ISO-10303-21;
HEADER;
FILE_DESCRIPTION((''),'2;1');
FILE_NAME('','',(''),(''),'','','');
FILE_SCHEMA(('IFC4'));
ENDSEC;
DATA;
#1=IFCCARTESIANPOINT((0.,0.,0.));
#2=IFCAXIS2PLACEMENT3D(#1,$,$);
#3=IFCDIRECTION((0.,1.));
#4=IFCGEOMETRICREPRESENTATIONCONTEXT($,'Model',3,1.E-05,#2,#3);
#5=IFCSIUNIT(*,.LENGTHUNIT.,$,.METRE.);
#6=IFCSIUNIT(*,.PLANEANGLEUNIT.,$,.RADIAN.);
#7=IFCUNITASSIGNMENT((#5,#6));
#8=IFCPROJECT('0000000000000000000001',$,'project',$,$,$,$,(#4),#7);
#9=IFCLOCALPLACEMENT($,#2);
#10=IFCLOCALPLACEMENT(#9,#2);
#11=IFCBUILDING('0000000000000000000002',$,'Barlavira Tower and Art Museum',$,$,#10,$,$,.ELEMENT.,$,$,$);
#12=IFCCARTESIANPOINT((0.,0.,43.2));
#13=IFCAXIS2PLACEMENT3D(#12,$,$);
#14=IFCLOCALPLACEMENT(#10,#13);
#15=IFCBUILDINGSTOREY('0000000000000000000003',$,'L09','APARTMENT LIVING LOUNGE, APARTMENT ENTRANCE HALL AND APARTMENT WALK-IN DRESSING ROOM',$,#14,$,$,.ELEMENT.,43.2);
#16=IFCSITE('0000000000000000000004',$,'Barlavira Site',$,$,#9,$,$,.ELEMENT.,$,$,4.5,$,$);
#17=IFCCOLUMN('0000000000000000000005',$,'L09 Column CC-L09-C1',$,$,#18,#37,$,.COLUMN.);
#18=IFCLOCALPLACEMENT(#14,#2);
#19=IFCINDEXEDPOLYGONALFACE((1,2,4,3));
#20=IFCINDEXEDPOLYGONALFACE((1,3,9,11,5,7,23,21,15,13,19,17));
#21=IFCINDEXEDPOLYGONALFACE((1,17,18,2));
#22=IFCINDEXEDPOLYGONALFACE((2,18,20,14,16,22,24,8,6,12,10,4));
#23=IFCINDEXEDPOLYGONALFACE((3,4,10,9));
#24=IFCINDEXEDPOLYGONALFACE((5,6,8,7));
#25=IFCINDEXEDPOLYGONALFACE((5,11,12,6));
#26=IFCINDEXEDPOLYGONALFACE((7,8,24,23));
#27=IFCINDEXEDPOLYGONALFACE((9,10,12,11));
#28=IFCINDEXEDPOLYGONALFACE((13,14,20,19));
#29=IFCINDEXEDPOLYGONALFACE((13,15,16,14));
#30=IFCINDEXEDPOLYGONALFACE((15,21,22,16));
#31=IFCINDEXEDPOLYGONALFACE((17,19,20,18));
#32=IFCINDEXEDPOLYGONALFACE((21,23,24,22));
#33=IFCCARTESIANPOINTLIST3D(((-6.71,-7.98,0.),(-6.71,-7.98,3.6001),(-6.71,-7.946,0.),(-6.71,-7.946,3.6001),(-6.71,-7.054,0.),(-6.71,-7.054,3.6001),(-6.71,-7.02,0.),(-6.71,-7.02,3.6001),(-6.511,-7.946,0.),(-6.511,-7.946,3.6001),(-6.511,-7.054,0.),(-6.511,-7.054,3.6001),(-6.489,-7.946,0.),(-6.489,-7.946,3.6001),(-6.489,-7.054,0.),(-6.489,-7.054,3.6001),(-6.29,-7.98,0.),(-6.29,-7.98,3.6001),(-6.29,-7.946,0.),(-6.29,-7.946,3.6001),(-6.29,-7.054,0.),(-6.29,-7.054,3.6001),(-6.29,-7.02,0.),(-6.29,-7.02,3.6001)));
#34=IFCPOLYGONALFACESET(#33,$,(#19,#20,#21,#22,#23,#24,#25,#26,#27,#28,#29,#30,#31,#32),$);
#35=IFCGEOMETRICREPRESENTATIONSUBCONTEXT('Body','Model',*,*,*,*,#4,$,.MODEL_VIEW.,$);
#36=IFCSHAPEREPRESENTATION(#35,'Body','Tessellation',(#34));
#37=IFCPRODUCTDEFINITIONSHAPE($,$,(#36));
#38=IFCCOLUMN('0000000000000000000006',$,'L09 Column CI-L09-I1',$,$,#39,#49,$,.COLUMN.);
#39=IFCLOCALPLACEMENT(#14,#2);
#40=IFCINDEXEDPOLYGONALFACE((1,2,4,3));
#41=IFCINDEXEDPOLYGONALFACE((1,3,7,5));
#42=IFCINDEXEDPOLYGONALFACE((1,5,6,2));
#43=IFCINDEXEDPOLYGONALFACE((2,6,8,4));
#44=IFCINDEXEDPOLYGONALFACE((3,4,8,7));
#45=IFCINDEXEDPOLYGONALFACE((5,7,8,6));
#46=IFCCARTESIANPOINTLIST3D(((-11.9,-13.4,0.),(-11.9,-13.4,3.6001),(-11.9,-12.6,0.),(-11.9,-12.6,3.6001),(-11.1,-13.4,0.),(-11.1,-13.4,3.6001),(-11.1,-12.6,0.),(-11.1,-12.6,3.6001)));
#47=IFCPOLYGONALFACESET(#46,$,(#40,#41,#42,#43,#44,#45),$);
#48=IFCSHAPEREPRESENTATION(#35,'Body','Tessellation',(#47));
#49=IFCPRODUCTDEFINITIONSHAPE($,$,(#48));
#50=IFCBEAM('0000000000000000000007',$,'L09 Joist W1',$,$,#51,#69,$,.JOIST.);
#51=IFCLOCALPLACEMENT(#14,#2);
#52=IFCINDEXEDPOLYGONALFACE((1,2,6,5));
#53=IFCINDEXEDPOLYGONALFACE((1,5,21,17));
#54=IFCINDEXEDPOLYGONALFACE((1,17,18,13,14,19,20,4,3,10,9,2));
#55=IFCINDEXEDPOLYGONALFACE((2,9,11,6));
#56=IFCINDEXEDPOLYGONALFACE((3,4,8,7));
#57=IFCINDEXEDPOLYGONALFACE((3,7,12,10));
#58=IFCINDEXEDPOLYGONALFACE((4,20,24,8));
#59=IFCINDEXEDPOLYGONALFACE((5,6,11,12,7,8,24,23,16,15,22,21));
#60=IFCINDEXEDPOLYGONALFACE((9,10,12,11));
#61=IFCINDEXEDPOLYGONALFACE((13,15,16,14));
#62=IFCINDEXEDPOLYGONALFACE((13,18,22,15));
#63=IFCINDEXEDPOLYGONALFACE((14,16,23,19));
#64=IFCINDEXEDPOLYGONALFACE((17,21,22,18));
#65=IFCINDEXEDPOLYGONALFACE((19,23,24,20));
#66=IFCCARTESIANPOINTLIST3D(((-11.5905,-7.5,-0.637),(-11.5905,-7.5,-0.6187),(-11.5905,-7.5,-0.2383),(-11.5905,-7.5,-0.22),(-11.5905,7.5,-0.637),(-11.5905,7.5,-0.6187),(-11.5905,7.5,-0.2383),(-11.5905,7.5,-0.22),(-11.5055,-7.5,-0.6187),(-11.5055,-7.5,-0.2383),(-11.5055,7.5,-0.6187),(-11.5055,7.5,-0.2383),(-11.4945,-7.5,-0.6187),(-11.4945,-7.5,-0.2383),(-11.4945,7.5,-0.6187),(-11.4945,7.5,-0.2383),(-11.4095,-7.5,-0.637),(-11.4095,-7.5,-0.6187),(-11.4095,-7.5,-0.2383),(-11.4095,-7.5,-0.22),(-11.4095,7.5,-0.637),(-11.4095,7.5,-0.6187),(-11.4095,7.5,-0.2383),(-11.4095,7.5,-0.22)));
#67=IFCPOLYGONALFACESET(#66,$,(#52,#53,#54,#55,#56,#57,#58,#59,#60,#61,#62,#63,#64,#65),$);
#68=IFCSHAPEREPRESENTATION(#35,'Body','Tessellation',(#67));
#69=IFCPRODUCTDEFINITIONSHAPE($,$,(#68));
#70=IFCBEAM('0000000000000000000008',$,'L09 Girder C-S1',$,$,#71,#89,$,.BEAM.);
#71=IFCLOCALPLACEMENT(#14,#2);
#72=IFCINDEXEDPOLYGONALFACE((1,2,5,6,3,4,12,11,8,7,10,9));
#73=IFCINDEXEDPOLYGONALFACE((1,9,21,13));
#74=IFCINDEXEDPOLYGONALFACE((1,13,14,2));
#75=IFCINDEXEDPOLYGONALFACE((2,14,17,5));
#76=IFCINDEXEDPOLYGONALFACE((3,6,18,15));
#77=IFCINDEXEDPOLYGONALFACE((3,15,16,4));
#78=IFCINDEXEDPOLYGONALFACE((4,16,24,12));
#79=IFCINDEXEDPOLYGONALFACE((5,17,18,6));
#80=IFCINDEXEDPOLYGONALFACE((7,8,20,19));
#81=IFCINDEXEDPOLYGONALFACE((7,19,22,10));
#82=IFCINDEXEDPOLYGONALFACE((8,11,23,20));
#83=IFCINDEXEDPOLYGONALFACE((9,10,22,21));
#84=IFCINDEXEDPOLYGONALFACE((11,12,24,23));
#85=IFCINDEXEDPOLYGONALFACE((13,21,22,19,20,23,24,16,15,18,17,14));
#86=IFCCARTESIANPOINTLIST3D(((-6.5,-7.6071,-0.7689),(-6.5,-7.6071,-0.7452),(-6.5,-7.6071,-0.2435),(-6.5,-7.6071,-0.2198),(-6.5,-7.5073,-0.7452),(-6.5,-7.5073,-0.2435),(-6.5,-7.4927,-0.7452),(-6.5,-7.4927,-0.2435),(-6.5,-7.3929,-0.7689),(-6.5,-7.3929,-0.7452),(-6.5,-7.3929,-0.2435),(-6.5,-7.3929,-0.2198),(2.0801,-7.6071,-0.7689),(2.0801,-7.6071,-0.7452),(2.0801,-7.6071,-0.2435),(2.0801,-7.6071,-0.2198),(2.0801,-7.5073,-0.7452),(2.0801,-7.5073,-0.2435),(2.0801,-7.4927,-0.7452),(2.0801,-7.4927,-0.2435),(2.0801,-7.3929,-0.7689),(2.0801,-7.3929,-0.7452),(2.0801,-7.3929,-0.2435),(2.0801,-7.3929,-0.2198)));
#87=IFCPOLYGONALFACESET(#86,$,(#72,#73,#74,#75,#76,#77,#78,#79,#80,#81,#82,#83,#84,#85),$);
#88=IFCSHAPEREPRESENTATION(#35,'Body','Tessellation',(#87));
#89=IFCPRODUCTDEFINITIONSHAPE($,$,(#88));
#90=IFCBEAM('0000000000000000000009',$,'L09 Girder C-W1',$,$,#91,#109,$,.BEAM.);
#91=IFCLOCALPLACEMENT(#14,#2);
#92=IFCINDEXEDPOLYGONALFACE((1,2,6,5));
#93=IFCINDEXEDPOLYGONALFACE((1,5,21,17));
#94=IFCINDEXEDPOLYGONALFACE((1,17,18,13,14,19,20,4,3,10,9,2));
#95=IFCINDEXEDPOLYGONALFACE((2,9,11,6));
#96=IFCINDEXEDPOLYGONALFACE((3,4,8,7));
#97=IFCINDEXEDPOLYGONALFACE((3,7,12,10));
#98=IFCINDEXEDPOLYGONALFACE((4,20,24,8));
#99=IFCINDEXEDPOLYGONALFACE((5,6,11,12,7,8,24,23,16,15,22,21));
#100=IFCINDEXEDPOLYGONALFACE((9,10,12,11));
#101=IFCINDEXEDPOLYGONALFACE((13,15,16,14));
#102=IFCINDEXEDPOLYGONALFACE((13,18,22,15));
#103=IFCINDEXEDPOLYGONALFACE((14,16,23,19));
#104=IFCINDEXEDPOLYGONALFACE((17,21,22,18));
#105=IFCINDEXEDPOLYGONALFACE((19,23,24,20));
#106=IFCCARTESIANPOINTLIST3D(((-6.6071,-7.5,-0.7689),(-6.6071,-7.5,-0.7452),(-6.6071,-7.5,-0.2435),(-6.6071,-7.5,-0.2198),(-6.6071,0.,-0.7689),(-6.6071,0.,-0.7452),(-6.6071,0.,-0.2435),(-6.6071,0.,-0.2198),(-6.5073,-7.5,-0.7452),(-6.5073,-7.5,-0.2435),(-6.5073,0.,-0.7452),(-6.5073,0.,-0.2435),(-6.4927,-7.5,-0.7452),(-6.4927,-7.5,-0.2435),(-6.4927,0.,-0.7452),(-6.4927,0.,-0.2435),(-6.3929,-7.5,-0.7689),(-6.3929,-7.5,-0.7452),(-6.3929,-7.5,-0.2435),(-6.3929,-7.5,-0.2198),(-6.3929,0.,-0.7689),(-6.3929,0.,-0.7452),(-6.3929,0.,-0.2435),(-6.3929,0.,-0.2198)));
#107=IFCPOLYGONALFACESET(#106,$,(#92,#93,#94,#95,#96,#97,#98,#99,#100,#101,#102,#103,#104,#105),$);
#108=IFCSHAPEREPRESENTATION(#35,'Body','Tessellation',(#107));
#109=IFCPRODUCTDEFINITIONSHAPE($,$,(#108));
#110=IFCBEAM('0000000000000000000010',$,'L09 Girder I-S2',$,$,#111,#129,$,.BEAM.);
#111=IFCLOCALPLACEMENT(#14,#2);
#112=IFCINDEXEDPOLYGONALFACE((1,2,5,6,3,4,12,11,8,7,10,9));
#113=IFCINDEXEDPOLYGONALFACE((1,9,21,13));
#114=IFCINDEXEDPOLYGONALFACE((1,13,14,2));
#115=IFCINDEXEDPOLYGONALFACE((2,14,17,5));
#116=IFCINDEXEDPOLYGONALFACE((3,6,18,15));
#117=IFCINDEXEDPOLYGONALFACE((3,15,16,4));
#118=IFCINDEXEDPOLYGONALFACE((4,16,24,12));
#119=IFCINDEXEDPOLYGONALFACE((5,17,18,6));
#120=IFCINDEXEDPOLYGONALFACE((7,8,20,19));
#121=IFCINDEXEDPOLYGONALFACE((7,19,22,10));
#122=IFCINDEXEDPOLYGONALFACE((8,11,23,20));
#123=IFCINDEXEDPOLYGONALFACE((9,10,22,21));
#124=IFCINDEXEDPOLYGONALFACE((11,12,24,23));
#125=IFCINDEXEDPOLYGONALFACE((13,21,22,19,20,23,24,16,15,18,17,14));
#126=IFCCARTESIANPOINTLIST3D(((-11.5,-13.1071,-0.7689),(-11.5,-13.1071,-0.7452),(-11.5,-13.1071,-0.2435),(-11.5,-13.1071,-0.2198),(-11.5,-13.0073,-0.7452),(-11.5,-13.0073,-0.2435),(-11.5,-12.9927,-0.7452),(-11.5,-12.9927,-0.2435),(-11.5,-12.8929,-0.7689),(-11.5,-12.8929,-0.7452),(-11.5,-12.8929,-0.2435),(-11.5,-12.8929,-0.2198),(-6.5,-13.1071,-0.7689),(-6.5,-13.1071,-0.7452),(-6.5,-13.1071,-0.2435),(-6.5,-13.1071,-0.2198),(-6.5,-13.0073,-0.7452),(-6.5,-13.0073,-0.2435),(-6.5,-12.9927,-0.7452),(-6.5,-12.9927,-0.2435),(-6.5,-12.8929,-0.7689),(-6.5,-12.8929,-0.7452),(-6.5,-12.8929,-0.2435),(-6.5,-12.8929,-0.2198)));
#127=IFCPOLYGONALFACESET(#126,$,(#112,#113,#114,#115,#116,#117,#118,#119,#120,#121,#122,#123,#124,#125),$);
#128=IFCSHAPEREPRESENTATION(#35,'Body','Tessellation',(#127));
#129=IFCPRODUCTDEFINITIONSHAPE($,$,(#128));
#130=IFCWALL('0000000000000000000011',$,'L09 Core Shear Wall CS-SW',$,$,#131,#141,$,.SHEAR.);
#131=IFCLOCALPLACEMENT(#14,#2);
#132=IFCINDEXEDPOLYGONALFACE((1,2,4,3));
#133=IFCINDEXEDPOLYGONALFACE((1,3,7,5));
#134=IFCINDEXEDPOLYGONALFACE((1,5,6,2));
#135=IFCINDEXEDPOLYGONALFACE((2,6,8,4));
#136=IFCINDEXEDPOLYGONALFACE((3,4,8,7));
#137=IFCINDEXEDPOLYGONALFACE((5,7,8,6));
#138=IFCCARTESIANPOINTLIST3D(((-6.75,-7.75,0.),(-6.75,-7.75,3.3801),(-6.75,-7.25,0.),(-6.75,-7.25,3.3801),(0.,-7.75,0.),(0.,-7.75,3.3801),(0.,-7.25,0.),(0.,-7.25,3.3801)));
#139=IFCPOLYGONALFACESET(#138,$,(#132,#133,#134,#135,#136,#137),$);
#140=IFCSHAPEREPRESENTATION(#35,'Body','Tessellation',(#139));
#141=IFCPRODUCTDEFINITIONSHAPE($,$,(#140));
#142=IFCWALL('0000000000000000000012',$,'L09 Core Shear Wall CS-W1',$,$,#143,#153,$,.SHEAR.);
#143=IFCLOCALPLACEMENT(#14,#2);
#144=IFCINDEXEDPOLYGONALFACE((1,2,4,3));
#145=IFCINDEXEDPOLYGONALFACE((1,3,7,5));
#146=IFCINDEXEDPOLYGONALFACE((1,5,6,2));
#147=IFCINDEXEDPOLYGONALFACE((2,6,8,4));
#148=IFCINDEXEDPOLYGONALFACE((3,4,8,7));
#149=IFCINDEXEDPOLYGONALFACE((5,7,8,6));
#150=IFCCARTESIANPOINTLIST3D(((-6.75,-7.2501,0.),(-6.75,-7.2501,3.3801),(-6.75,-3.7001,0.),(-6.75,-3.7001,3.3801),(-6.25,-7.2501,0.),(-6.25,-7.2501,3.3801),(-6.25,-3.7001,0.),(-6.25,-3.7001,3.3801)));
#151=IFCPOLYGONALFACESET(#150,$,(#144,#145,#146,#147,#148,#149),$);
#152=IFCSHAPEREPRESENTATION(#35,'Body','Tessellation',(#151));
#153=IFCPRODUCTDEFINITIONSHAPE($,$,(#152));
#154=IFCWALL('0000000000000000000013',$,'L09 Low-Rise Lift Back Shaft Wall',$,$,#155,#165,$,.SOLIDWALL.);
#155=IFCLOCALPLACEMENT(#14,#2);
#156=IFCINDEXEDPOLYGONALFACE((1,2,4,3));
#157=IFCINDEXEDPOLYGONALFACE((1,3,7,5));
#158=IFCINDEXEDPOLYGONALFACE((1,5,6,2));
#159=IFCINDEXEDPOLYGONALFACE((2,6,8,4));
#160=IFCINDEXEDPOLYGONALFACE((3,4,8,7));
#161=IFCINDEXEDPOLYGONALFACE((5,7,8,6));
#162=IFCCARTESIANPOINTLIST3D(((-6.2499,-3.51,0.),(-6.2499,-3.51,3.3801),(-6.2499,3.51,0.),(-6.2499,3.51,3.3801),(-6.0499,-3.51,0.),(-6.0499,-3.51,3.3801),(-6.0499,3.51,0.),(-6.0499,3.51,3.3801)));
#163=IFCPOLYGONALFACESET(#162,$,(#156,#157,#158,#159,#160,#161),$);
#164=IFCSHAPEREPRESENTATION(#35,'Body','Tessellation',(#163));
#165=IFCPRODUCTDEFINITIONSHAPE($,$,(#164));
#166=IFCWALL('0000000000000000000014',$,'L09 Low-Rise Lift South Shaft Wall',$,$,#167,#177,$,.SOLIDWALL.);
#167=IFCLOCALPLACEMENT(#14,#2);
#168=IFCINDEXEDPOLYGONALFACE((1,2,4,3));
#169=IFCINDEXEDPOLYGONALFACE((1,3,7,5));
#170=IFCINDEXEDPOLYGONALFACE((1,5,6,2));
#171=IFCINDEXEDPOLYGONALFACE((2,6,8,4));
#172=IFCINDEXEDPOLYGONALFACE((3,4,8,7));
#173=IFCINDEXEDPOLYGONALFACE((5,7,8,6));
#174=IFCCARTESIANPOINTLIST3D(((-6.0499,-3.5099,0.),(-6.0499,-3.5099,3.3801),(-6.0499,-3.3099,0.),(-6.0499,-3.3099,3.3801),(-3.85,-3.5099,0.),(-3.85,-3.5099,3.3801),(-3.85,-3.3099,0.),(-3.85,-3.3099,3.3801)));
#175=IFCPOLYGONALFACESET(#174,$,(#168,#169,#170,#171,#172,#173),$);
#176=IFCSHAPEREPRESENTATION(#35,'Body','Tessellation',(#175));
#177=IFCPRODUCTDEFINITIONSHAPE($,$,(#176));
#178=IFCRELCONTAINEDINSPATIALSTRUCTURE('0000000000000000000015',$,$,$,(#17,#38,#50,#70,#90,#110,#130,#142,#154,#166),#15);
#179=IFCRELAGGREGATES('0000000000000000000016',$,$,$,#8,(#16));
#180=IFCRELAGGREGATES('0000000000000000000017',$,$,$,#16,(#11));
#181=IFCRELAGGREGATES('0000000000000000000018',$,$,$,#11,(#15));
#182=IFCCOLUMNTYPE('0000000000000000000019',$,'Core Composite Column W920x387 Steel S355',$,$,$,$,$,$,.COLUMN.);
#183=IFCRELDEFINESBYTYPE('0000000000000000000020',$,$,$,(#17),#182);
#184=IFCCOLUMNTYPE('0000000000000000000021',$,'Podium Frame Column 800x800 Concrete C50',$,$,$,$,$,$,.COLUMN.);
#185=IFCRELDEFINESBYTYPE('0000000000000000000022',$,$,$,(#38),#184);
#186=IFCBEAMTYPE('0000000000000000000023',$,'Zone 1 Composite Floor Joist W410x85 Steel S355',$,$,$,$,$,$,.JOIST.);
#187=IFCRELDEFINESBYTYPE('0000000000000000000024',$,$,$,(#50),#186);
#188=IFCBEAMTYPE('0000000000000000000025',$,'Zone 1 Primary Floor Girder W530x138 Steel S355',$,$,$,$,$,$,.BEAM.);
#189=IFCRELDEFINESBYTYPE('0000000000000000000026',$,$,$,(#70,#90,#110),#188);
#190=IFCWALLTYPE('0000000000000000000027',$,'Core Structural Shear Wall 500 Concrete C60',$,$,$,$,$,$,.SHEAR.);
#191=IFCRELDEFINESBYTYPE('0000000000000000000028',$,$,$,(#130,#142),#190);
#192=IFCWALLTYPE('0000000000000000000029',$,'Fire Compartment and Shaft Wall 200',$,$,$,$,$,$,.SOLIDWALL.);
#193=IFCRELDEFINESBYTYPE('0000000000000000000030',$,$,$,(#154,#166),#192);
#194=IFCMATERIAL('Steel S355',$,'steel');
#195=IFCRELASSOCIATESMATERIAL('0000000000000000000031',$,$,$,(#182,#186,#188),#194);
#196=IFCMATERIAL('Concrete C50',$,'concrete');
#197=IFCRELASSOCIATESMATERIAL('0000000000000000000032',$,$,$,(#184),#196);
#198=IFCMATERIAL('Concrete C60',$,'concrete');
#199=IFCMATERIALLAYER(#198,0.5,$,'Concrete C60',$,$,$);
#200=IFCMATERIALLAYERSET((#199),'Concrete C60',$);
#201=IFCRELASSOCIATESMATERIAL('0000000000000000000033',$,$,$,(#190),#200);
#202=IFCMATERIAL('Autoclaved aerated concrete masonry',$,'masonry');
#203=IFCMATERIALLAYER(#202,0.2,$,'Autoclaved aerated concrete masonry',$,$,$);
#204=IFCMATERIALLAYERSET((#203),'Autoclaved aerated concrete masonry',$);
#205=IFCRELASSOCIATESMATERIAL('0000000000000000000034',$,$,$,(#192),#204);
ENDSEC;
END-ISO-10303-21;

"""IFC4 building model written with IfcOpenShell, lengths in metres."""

from ifc_helpers import new_model, si_unit, direction, frame, frame_2d, origin, origin_2d, place, context, subcontext, project, spatial, rectangle, i_section, extrude, material, layer, layer_set, material_profile, profile_set, type_object, element, save


model = new_model("IFC4")

# Units and contexts
model_context = context("Model", 3, precision=1e-05, world=origin(), true_north=direction((0.0, 1.0)))
body_context = subcontext(model_context, "Body", "Model", "MODEL_VIEW")
ifc_project = project(units=[si_unit("LENGTHUNIT", "METRE"), si_unit("PLANEANGLEUNIT", "RADIAN")], contexts=[model_context])

# Site, building, storey
site_placement = place(None, origin())
site = spatial("IfcSite", under=ifc_project, at=site_placement, Name="Barlavira Site", CompositionType="ELEMENT", RefElevation=4.5)
building_placement = place(site_placement, origin())
building = spatial("IfcBuilding", under=site, at=building_placement, Name="Barlavira Tower and Art Museum", CompositionType="ELEMENT")
storey_placement = place(building_placement, frame((0.0, 0.0, 43.2)))
storey = spatial("IfcBuildingStorey", under=building, at=storey_placement, Name="L09", Description="APARTMENT LIVING LOUNGE, APARTMENT ENTRANCE HALL AND APARTMENT WALK-IN DRESSING ROOM", CompositionType="ELEMENT", Elevation=43.2)

# Columns
ifc_material_1 = material(Name="Steel S355", Category="steel")
ifc_material_profile_1 = material_profile(ifc_material_1, i_section(OverallWidth=0.4199, OverallDepth=0.96, WebThickness=0.022, FlangeThickness=0.0339, at=origin_2d()), Name="W920x387.0")
ifc_profile_set_1 = profile_set([ifc_material_profile_1], Name="Steel S355")
column_type_1 = type_object("IfcColumnType", Name="Core Composite Column W920x387 Steel S355", PredefinedType="COLUMN", material=ifc_profile_set_1)
column_1_placement = place(storey_placement, frame((-6.5, -7.5, 0.0), z_axis=(0.0, 0.0, 1.0), x_axis=(1.0, 0.0, 0.0)))
element("IfcColumn", 1, at=column_1_placement, inside=storey, type_object=column_type_1, Name="L09 Column CC-L09-C1", PredefinedType="COLUMN", context=body_context, shape_type="SweptSolid", body=[
    extrude(i_section(OverallWidth=0.4199, OverallDepth=0.96, WebThickness=0.022, FlangeThickness=0.0339, at=origin_2d()), origin(), (0.0, 0.0, 1.0), 3.6001),
])
ifc_material_2 = material(Name="Concrete C50", Category="concrete")
ifc_material_profile_2 = material_profile(ifc_material_2, rectangle(XDim=0.8, YDim=0.8, at=origin_2d()), Name="RC-COL 800x800")
ifc_profile_set_2 = profile_set([ifc_material_profile_2], Name="Concrete C50")
column_type_2 = type_object("IfcColumnType", Name="Podium Frame Column 800x800 Concrete C50", PredefinedType="COLUMN", material=ifc_profile_set_2)
column_2_placement = place(storey_placement, frame((-11.5, -13.0, 0.0), z_axis=(0.0, 0.0, 1.0), x_axis=(1.0, 0.0, 0.0)))
element("IfcColumn", 2, at=column_2_placement, inside=storey, type_object=column_type_2, Name="L09 Column CI-L09-I1", PredefinedType="COLUMN", context=body_context, shape_type="SweptSolid", body=[
    extrude(rectangle(XDim=0.8, YDim=0.8, at=origin_2d()), origin(), (0.0, 0.0, 1.0), 3.6001),
])

# Beams
ifc_material_profile_3 = material_profile(ifc_material_1, i_section(OverallWidth=0.1809, OverallDepth=0.417, WebThickness=0.011, FlangeThickness=0.0183, at=origin_2d()), Name="W410x85.0")
ifc_profile_set_3 = profile_set([ifc_material_profile_3], Name="Steel S355")
beam_type_1 = type_object("IfcBeamType", Name="Zone 1 Composite Floor Joist W410x85 Steel S355", PredefinedType="JOIST", material=ifc_profile_set_3)
beam_1_placement = place(storey_placement, frame((-11.5, -7.5, -0.4285), z_axis=(0.0, 1.0, 0.0), x_axis=(-1.0, 0.0, 0.0)))
element("IfcBeam", 3, at=beam_1_placement, inside=storey, type_object=beam_type_1, Name="L09 Joist W1", PredefinedType="JOIST", context=body_context, shape_type="SweptSolid", body=[
    extrude(i_section(OverallWidth=0.1809, OverallDepth=0.417, WebThickness=0.011, FlangeThickness=0.0183, at=origin_2d()), origin(), (0.0, 0.0, 1.0), 15.0),
])
ifc_material_profile_4 = material_profile(ifc_material_1, i_section(OverallWidth=0.2141, OverallDepth=0.5491, WebThickness=0.0146, FlangeThickness=0.0237, at=origin_2d()), Name="W530x138.0")
ifc_profile_set_4 = profile_set([ifc_material_profile_4], Name="Steel S355")
beam_type_2 = type_object("IfcBeamType", Name="Zone 1 Primary Floor Girder W530x138 Steel S355", PredefinedType="BEAM", material=ifc_profile_set_4)
beam_2_placement = place(storey_placement, frame((-6.5, -7.5, -0.4944), z_axis=(1.0, 0.0, 0.0), x_axis=(0.0, 1.0, 0.0)))
element("IfcBeam", 4, at=beam_2_placement, inside=storey, type_object=beam_type_2, Name="L09 Girder C-S1", PredefinedType="BEAM", context=body_context, shape_type="SweptSolid", body=[
    extrude(i_section(OverallWidth=0.2141, OverallDepth=0.5491, WebThickness=0.0146, FlangeThickness=0.0237, at=origin_2d()), origin(), (0.0, 0.0, 1.0), 8.5801),
])
beam_3_placement = place(storey_placement, frame((-6.5, -7.5, -0.4944), z_axis=(0.0, 1.0, 0.0), x_axis=(-1.0, 0.0, 0.0)))
element("IfcBeam", 5, at=beam_3_placement, inside=storey, type_object=beam_type_2, Name="L09 Girder C-W1", PredefinedType="BEAM", context=body_context, shape_type="SweptSolid", body=[
    extrude(i_section(OverallWidth=0.2141, OverallDepth=0.5491, WebThickness=0.0146, FlangeThickness=0.0237, at=origin_2d()), origin(), (0.0, 0.0, 1.0), 7.5),
])
beam_4_placement = place(storey_placement, frame((-11.5, -13.0, -0.4944), z_axis=(1.0, 0.0, 0.0), x_axis=(0.0, 1.0, 0.0)))
element("IfcBeam", 6, at=beam_4_placement, inside=storey, type_object=beam_type_2, Name="L09 Girder I-S2", PredefinedType="BEAM", context=body_context, shape_type="SweptSolid", body=[
    extrude(i_section(OverallWidth=0.2141, OverallDepth=0.5491, WebThickness=0.0146, FlangeThickness=0.0237, at=origin_2d()), origin(), (0.0, 0.0, 1.0), 5.0),
])

# Walls
ifc_material_3 = material(Name="Concrete C60", Category="concrete")
ifc_layer_1 = layer(ifc_material_3, 0.5, Name="Concrete C60")
ifc_layer_set_1 = layer_set([ifc_layer_1], Name="Concrete C60")
wall_type_1 = type_object("IfcWallType", Name="Core Structural Shear Wall 500 Concrete C60", PredefinedType="SHEAR", material=ifc_layer_set_1)
wall_1_placement = place(storey_placement, frame((-6.75, -7.5, 0.0), z_axis=(0.0, 0.0, 1.0), x_axis=(1.0, 0.0, 0.0)))
element("IfcWall", 7, at=wall_1_placement, inside=storey, type_object=wall_type_1, Name="L09 Core Shear Wall CS-SW", PredefinedType="SHEAR", context=body_context, shape_type="SweptSolid", body=[
    extrude(rectangle(XDim=6.75, YDim=0.5, at=frame_2d((3.375, 0.0))), origin(), (0.0, 0.0, 1.0), 3.3801),
])
wall_2_placement = place(storey_placement, frame((-6.5, -7.25, 0.0), z_axis=(0.0, 0.0, 1.0), x_axis=(0.0, 1.0, 0.0)))
element("IfcWall", 8, at=wall_2_placement, inside=storey, type_object=wall_type_1, Name="L09 Core Shear Wall CS-W1", PredefinedType="SHEAR", context=body_context, shape_type="SweptSolid", body=[
    extrude(rectangle(XDim=3.55, YDim=0.5, at=frame_2d((1.7749, 0.0))), origin(), (0.0, 0.0, 1.0), 3.3801),
])

# Shared definitions
ifc_material_4 = material(Name="Autoclaved aerated concrete masonry", Category="masonry")
ifc_layer_2 = layer(ifc_material_4, 0.2, Name="Autoclaved aerated concrete masonry")
ifc_layer_set_2 = layer_set([ifc_layer_2], Name="Autoclaved aerated concrete masonry")
wall_type_2 = type_object("IfcWallType", Name="Fire Compartment and Shaft Wall 200", PredefinedType="SOLIDWALL", material=ifc_layer_set_2)

# Walls
wall_3_placement = place(storey_placement, frame((-6.1499, -3.51, 0.0), z_axis=(0.0, 0.0, 1.0), x_axis=(0.0, 1.0, 0.0)))
element("IfcWall", 9, at=wall_3_placement, inside=storey, type_object=wall_type_2, Name="L09 Low-Rise Lift Back Shaft Wall", PredefinedType="SOLIDWALL", context=body_context, shape_type="SweptSolid", body=[
    extrude(rectangle(XDim=7.02, YDim=0.2, at=frame_2d((3.51, 0.0))), origin(), (0.0, 0.0, 1.0), 3.3801),
])
wall_4_placement = place(storey_placement, frame((-6.05, -3.4099, 0.0), z_axis=(0.0, 0.0, 1.0), x_axis=(1.0, 0.0, 0.0)))
element("IfcWall", 10, at=wall_4_placement, inside=storey, type_object=wall_type_2, Name="L09 Low-Rise Lift South Shaft Wall", PredefinedType="SOLIDWALL", context=body_context, shape_type="SweptSolid", body=[
    extrude(rectangle(XDim=2.2, YDim=0.2, at=frame_2d((1.1001, 0.0))), origin(), (0.0, 0.0, 1.0), 3.3801),
])

save(model, "model.ifc")
